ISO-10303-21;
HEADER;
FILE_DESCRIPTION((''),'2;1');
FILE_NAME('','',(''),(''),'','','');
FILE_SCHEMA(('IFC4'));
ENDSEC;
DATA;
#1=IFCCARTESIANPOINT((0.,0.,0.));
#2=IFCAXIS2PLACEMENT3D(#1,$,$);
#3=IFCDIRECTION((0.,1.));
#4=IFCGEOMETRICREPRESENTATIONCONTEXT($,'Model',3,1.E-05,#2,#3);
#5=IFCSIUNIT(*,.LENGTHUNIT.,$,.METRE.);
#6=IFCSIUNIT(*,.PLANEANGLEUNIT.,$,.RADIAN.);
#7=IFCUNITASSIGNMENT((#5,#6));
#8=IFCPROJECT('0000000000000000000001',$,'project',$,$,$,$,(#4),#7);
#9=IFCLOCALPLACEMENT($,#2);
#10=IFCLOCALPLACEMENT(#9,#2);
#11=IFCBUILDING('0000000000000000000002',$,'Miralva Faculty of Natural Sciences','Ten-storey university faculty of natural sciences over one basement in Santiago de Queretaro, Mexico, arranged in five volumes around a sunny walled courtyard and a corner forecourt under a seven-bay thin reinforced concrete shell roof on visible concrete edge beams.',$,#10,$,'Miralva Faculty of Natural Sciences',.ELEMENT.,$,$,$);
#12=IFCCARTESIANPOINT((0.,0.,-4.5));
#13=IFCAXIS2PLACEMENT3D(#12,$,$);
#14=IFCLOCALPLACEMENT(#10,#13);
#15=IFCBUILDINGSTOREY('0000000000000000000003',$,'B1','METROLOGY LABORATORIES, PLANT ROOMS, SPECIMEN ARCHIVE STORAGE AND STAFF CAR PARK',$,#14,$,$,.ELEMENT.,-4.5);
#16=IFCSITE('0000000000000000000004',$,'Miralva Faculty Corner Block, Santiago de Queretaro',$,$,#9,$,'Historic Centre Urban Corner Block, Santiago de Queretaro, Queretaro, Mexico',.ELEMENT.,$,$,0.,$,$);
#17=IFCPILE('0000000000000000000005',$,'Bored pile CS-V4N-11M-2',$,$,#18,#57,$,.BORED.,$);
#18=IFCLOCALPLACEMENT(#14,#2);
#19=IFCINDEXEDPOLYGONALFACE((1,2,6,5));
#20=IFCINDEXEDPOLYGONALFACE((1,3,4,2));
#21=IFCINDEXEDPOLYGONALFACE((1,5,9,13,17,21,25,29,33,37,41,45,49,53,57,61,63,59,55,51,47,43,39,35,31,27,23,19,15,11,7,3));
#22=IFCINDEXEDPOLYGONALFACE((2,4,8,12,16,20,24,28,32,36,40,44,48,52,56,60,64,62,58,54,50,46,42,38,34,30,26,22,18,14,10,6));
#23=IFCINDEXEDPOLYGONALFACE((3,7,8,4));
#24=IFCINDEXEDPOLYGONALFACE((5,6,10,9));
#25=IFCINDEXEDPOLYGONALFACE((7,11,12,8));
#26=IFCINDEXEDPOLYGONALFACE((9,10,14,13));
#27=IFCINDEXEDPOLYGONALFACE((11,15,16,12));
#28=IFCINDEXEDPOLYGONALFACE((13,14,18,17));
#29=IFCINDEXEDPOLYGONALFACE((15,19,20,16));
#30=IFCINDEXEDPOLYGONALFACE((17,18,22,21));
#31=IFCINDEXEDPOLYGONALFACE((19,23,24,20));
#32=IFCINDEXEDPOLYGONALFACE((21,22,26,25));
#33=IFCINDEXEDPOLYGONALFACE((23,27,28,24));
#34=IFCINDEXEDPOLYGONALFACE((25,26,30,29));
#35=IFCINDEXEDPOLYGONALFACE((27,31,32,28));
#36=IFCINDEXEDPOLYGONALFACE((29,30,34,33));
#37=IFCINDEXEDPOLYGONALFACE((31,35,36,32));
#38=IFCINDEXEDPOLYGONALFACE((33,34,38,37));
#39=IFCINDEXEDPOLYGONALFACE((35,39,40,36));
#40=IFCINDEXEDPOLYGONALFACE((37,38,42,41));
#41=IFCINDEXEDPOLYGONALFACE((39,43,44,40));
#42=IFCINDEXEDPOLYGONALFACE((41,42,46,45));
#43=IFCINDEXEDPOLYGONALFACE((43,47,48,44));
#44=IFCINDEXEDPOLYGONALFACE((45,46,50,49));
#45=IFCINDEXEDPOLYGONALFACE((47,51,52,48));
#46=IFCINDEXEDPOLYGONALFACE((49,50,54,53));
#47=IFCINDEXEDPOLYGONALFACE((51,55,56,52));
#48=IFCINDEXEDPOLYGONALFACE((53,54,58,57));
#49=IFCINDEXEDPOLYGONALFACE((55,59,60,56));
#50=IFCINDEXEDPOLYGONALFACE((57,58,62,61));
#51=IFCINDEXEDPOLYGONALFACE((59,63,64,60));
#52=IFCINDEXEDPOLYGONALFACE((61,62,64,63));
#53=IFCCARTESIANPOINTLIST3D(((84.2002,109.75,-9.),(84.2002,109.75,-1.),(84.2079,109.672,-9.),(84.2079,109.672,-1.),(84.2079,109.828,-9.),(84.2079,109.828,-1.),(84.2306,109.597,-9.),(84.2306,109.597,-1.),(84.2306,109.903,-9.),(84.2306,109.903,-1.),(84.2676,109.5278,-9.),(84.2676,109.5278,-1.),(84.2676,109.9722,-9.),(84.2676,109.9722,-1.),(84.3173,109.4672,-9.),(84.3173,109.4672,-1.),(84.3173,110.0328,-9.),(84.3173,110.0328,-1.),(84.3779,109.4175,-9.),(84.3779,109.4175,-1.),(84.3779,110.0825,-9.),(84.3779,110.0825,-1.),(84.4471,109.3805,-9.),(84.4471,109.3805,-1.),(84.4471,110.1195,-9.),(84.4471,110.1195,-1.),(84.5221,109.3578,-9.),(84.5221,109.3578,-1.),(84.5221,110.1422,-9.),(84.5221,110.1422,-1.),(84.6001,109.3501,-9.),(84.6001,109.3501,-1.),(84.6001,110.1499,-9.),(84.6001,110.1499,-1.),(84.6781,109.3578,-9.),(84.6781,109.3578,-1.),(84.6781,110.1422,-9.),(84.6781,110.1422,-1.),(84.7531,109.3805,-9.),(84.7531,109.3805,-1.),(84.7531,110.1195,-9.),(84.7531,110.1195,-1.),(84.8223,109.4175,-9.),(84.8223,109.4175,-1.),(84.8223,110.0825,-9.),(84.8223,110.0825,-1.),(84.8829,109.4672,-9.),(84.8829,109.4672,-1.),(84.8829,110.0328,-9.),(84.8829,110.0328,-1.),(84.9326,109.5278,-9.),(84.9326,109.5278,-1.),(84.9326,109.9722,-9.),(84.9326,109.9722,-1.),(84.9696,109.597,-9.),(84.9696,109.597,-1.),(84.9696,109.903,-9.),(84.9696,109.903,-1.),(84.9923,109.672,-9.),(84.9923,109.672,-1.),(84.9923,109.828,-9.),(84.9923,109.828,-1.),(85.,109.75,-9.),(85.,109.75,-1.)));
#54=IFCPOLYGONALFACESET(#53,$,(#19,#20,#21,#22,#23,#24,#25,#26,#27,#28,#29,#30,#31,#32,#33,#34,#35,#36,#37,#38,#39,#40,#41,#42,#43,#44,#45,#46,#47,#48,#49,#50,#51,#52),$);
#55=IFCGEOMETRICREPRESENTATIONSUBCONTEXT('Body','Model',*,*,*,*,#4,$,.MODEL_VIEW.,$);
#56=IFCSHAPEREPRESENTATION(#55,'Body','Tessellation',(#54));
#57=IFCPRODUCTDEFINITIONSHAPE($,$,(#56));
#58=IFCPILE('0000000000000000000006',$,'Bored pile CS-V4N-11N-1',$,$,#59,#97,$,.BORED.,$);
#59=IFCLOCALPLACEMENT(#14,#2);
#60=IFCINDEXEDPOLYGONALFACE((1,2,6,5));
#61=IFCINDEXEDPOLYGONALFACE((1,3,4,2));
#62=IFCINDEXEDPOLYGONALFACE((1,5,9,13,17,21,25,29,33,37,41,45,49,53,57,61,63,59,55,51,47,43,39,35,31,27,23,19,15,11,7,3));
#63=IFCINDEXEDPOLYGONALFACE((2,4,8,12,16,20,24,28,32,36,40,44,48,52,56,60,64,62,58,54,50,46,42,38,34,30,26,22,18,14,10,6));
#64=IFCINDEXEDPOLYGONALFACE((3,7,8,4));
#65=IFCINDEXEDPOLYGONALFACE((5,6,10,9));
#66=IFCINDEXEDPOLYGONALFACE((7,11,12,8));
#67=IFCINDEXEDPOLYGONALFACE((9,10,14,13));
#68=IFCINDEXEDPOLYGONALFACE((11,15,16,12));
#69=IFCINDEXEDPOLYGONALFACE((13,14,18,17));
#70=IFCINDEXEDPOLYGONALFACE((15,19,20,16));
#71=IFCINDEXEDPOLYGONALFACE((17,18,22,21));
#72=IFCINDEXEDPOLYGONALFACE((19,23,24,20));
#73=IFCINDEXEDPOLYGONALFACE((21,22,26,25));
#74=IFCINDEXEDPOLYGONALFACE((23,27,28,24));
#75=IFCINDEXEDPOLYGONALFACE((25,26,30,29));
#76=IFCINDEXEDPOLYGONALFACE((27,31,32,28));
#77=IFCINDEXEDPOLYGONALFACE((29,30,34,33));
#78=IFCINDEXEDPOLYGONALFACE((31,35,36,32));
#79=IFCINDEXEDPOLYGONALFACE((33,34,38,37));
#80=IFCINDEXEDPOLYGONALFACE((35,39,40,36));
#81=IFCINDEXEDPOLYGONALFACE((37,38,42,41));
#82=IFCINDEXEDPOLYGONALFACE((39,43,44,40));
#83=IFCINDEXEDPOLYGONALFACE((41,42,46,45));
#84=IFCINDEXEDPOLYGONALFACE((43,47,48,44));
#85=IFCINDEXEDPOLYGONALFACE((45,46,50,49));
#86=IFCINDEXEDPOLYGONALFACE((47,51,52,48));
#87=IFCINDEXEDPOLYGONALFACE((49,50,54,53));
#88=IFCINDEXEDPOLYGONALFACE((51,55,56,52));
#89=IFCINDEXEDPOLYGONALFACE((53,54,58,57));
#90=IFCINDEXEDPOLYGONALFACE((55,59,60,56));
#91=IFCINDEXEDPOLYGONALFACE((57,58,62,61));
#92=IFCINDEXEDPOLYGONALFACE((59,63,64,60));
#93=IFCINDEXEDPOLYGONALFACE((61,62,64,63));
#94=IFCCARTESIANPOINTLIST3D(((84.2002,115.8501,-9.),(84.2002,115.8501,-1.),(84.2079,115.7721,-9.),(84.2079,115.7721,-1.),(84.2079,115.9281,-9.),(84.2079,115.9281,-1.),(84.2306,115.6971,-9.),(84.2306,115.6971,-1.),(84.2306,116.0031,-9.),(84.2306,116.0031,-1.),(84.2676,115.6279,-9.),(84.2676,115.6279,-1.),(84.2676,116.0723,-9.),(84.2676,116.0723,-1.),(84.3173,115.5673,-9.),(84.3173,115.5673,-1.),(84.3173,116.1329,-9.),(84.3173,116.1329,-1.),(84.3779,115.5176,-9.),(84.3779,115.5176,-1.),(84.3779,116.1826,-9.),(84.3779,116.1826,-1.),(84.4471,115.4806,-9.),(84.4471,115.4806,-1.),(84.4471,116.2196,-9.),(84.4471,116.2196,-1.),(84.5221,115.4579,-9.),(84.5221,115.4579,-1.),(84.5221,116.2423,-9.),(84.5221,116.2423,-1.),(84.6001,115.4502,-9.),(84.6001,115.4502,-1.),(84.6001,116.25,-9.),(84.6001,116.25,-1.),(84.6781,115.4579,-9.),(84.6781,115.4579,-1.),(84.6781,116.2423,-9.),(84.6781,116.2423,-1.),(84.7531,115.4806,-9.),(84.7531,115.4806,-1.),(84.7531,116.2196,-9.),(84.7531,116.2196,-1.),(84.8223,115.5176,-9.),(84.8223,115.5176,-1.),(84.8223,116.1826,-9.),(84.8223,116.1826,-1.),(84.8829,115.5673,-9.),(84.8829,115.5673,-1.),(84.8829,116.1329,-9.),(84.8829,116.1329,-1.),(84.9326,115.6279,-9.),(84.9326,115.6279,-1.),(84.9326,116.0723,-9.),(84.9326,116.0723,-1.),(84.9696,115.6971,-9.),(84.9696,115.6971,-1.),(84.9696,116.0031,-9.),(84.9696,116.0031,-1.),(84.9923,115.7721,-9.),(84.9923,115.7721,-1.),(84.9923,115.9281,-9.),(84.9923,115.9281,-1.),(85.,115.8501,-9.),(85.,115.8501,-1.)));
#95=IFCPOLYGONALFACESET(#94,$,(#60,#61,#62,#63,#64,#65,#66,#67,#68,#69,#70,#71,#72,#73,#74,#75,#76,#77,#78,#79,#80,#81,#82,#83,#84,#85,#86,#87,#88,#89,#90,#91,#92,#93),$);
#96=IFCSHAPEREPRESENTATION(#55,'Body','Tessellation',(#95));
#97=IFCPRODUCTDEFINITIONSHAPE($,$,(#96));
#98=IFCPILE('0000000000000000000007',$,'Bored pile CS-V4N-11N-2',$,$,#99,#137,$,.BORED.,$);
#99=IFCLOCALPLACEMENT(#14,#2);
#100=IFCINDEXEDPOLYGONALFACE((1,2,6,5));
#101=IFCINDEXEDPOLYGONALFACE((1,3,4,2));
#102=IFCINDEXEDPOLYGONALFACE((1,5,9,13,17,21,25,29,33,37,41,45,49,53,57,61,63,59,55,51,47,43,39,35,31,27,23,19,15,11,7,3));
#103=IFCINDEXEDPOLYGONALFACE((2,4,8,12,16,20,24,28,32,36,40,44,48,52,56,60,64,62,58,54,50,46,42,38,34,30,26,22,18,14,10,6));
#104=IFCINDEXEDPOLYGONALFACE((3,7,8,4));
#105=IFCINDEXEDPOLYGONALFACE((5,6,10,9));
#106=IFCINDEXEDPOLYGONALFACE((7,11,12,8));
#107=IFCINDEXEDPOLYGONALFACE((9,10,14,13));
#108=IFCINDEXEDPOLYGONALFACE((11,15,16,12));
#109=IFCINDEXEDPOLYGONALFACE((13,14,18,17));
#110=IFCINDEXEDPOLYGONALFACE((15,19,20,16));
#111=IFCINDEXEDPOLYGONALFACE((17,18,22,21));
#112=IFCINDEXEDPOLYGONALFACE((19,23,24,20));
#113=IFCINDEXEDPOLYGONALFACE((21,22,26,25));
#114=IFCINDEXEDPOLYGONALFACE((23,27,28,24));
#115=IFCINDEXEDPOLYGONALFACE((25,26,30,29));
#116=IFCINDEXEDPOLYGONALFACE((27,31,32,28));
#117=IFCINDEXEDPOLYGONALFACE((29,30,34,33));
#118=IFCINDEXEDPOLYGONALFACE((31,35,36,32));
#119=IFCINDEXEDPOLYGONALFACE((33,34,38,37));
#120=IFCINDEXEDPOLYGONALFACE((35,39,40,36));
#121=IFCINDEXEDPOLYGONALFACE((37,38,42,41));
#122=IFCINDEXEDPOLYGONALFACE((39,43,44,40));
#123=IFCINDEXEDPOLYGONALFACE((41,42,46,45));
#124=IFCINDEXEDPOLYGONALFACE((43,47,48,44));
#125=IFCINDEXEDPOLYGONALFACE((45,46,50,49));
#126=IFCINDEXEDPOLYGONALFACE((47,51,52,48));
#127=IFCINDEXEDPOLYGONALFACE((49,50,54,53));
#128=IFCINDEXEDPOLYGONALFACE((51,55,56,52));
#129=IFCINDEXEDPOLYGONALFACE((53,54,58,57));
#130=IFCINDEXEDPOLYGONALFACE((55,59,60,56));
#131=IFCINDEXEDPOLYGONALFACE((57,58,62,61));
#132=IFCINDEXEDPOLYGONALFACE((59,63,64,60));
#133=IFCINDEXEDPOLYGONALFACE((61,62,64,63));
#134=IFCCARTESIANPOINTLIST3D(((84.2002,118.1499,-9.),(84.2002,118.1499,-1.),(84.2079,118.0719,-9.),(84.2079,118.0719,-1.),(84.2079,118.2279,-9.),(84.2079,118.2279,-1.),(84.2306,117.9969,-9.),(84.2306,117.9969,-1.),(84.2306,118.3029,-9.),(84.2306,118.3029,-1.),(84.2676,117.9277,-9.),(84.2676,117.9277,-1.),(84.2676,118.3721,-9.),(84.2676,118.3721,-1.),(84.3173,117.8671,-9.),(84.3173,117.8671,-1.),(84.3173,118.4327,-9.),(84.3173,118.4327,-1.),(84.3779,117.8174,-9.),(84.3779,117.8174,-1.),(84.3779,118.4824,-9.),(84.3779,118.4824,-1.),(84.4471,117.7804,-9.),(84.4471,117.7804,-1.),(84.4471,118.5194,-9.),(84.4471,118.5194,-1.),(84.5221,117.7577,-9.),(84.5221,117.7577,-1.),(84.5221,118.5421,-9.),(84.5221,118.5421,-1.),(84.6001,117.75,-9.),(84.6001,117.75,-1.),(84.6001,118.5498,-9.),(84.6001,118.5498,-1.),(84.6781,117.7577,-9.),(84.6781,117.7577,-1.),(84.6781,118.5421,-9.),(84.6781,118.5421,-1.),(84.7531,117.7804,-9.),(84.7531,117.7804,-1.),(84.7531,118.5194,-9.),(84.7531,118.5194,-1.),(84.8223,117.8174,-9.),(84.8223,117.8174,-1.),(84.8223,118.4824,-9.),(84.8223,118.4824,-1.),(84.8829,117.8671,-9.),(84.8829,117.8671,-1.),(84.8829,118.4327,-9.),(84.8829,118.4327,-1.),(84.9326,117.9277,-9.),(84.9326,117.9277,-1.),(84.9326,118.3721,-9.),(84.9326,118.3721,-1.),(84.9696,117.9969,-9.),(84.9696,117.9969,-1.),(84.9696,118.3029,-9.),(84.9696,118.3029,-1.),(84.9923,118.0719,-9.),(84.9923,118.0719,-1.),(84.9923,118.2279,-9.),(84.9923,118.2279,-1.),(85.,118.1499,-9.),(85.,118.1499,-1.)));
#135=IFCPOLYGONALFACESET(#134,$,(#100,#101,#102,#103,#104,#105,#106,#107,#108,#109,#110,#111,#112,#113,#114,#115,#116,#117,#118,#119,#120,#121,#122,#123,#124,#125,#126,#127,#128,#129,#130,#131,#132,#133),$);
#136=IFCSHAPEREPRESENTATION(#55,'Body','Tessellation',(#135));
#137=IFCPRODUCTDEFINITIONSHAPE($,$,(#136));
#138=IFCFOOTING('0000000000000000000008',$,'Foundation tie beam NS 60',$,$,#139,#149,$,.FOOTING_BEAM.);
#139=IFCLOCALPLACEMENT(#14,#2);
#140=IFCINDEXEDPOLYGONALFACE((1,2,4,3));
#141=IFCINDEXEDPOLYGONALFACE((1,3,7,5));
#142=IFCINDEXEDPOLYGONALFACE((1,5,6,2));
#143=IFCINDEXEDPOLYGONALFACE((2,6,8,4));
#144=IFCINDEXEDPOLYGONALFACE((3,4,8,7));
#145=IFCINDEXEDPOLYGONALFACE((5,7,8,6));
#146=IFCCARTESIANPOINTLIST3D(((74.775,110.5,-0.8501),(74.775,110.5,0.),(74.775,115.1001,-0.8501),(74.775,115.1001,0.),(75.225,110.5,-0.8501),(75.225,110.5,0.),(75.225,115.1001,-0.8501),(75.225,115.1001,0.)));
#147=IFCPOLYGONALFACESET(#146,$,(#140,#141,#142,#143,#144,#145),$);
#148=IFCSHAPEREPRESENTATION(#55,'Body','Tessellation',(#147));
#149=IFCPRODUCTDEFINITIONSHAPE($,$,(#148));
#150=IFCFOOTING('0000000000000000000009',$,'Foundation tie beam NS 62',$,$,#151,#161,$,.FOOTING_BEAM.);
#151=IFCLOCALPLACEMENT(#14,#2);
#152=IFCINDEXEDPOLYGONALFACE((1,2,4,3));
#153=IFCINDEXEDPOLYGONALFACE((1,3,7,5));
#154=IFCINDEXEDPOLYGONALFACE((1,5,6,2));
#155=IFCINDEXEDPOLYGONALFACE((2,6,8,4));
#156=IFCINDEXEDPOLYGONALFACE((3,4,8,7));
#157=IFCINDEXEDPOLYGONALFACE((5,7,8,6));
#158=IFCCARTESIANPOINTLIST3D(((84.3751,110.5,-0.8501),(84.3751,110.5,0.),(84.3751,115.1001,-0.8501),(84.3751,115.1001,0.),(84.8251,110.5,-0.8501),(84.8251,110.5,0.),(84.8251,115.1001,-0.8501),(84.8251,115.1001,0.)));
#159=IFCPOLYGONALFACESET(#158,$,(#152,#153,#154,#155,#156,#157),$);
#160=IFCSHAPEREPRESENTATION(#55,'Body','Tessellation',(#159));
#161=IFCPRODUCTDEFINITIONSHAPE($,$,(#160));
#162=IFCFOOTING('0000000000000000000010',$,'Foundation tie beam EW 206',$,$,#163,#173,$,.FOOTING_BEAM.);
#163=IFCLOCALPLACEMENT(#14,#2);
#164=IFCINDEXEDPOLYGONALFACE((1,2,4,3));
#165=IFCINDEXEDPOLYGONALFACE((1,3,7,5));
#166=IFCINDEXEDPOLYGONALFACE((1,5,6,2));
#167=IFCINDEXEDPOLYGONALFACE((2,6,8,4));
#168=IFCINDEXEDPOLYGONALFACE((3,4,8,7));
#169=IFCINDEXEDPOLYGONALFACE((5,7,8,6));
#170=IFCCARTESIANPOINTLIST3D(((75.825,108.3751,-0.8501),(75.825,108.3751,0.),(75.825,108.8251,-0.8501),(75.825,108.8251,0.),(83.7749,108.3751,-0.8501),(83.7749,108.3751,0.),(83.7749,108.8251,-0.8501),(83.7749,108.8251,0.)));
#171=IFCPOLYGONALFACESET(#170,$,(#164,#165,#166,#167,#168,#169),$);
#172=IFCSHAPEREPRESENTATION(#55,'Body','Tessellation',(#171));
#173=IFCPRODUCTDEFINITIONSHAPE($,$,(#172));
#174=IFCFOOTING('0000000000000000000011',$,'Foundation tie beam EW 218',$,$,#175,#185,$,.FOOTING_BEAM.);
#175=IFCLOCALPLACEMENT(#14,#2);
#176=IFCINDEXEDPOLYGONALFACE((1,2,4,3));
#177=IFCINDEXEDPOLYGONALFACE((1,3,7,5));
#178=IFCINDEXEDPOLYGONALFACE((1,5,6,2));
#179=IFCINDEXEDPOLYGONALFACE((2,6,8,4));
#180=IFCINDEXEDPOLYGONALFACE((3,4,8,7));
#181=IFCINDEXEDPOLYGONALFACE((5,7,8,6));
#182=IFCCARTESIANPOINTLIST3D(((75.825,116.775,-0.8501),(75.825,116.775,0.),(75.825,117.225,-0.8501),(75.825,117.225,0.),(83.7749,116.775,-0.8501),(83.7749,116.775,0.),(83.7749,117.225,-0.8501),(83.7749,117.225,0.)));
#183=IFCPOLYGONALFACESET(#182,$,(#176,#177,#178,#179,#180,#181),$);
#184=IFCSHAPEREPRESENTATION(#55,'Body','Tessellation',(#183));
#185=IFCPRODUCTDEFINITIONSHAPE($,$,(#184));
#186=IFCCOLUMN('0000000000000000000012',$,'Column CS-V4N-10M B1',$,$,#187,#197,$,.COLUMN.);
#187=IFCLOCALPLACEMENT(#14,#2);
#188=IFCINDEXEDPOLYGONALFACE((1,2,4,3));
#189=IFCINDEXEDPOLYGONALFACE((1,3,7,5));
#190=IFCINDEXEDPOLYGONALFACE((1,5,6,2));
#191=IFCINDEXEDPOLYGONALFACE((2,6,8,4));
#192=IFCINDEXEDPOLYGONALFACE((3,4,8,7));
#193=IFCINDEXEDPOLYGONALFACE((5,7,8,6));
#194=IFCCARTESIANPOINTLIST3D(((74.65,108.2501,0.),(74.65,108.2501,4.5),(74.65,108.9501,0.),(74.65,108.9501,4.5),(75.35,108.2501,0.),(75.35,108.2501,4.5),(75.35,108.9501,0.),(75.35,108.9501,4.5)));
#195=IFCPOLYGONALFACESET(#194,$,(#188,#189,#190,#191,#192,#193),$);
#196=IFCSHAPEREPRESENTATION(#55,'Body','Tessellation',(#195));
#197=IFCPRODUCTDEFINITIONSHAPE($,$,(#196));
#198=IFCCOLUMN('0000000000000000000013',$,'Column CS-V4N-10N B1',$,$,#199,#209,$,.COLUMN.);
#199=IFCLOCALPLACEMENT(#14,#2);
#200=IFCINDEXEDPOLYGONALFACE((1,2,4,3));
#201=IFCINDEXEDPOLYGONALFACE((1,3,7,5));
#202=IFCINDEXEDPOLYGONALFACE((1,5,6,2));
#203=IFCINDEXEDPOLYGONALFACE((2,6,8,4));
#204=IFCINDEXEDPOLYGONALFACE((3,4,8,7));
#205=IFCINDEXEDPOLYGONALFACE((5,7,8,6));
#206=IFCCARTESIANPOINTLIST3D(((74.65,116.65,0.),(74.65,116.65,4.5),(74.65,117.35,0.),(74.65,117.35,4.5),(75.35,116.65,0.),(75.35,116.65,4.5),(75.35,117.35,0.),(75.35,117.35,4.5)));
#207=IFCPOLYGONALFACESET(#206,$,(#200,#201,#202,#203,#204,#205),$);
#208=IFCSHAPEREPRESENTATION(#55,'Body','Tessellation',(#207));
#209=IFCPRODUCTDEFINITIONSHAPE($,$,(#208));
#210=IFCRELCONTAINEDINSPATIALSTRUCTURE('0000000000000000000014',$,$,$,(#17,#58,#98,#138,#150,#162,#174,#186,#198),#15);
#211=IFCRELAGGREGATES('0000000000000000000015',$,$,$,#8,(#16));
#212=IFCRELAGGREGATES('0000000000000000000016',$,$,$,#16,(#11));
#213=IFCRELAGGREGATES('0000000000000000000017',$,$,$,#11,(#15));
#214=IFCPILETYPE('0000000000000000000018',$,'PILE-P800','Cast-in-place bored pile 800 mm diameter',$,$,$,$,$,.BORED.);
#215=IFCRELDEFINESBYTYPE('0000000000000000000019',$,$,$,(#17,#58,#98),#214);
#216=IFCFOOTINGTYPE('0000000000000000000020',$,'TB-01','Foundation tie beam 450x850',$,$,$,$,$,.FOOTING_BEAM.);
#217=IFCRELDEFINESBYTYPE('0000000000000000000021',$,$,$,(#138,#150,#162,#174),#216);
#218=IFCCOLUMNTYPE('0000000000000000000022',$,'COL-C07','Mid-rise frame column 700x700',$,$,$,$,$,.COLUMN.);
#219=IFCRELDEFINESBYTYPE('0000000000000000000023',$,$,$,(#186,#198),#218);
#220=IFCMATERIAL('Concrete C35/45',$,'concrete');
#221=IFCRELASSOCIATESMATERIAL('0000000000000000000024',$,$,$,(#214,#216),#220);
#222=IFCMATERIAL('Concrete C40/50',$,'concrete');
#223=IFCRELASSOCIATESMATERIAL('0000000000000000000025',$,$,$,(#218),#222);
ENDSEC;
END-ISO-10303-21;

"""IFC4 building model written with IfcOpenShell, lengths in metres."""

from ifc_helpers import new_model, si_unit, direction, frame, origin, origin_2d, place, context, subcontext, project, spatial, rectangle, circle, extrude, material, material_profile, profile_set, type_object, element, save


model = new_model("IFC4")

# Units and contexts
model_context = context("Model", 3, precision=1e-05, world=origin(), true_north=direction((0.0, 1.0)))
body_context = subcontext(model_context, "Body", "Model", "MODEL_VIEW")
ifc_project = project(units=[si_unit("LENGTHUNIT", "METRE"), si_unit("PLANEANGLEUNIT", "RADIAN")], contexts=[model_context])

# Site, building, storey
site_placement = place(None, origin())
site = spatial("IfcSite", under=ifc_project, at=site_placement, Name="Miralva Faculty Corner Block, Santiago de Queretaro", LongName="Historic Centre Urban Corner Block, Santiago de Queretaro, Queretaro, Mexico", CompositionType="ELEMENT", RefElevation=0.0)
building_placement = place(site_placement, origin())
building = spatial("IfcBuilding", under=site, at=building_placement, Name="Miralva Faculty of Natural Sciences", Description="Ten-storey university faculty of natural sciences over one basement in Santiago de Queretaro, Mexico, arranged in five volumes around a sunny walled courtyard and a corner forecourt under a seven-bay thin reinforced concrete shell roof on visible concrete edge beams.", LongName="Miralva Faculty of Natural Sciences", CompositionType="ELEMENT")
storey_placement = place(building_placement, frame((0.0, 0.0, -4.5)))
storey = spatial("IfcBuildingStorey", under=building, at=storey_placement, Name="B1", Description="METROLOGY LABORATORIES, PLANT ROOMS, SPECIMEN ARCHIVE STORAGE AND STAFF CAR PARK", CompositionType="ELEMENT", Elevation=-4.5)

# Shared definitions
ifc_material_1 = material(Name="Concrete C35/45", Category="concrete")

# Piles
ifc_material_profile_1 = material_profile(ifc_material_1, circle(Radius=0.3999, at=origin_2d()), Name="BORED PILE 800")
ifc_profile_set_1 = profile_set([ifc_material_profile_1], Name="Concrete C35/45")
pile_type = type_object("IfcPileType", Name="PILE-P800", Description="Cast-in-place bored pile 800 mm diameter", PredefinedType="BORED", material=ifc_profile_set_1)
for number, where, z_axis, x_axis, name in (
    (1, (84.6001, 109.75, -1.0), (0.0, 0.0, -1.0), (1.0, 0.0, 0.0), "Bored pile CS-V4N-11M-2"),
    (2, (84.6001, 115.8501, -1.0), (0.0, 0.0, -1.0), (1.0, 0.0, 0.0), "Bored pile CS-V4N-11N-1"),
    (3, (84.6001, 118.1499, -1.0), (0.0, 0.0, -1.0), (1.0, 0.0, 0.0), "Bored pile CS-V4N-11N-2"),
):
    element("IfcPile", number, at=place(storey_placement, frame(where, z_axis=z_axis, x_axis=x_axis)), inside=storey, type_object=pile_type, Name=name, PredefinedType="BORED", context=body_context, shape_type="SweptSolid", body=[
        extrude(circle(Radius=0.3999, at=origin_2d()), origin(), (0.0, 0.0, 1.0), 8.0),
    ])

# Footings
ifc_material_profile_2 = material_profile(ifc_material_1, rectangle(XDim=0.45, YDim=0.8501, at=origin_2d()), Name="RC 450x850")
ifc_profile_set_2 = profile_set([ifc_material_profile_2], Name="Concrete C35/45")
footing_type_1 = type_object("IfcFootingType", Name="TB-01", Description="Foundation tie beam 450x850", PredefinedType="FOOTING_BEAM", material=ifc_profile_set_2)
for number, where, z_axis, x_axis, name in (
    (4, (75.0, 110.5, -0.425), (0.0, 1.0, 0.0), (-1.0, 0.0, 0.0), "Foundation tie beam NS 60"),
    (5, (84.6001, 110.5, -0.425), (0.0, 1.0, 0.0), (-1.0, 0.0, 0.0), "Foundation tie beam NS 62"),
):
    element("IfcFooting", number, at=place(storey_placement, frame(where, z_axis=z_axis, x_axis=x_axis)), inside=storey, type_object=footing_type_1, Name=name, PredefinedType="FOOTING_BEAM", context=body_context, shape_type="SweptSolid", body=[
        extrude(rectangle(XDim=0.45, YDim=0.8501, at=origin_2d()), origin(), (0.0, 0.0, 1.0), 4.6001),
    ])
for number, where, z_axis, x_axis, name in (
    (6, (75.825, 108.6001, -0.425), (1.0, 0.0, 0.0), (0.0, 1.0, 0.0), "Foundation tie beam EW 206"),
    (7, (75.825, 117.0, -0.425), (1.0, 0.0, 0.0), (0.0, 1.0, 0.0), "Foundation tie beam EW 218"),
):
    element("IfcFooting", number, at=place(storey_placement, frame(where, z_axis=z_axis, x_axis=x_axis)), inside=storey, type_object=footing_type_1, Name=name, PredefinedType="FOOTING_BEAM", context=body_context, shape_type="SweptSolid", body=[
        extrude(rectangle(XDim=0.45, YDim=0.8501, at=origin_2d()), origin(), (0.0, 0.0, 1.0), 7.95),
    ])

# Columns
ifc_material_2 = material(Name="Concrete C40/50", Category="concrete")
ifc_material_profile_3 = material_profile(ifc_material_2, rectangle(XDim=0.7, YDim=0.7, at=origin_2d()), Name="RC 700x700")
ifc_profile_set_3 = profile_set([ifc_material_profile_3], Name="Concrete C40/50")
column_type = type_object("IfcColumnType", Name="COL-C07", Description="Mid-rise frame column 700x700", PredefinedType="COLUMN", material=ifc_profile_set_3)
for number, where, z_axis, x_axis, name in (
    (8, (75.0, 108.6001, 0.0), (0.0, 0.0, 1.0), (1.0, 0.0, 0.0), "Column CS-V4N-10M B1"),
    (9, (75.0, 117.0, 0.0), (0.0, 0.0, 1.0), (1.0, 0.0, 0.0), "Column CS-V4N-10N B1"),
):
    element("IfcColumn", number, at=place(storey_placement, frame(where, z_axis=z_axis, x_axis=x_axis)), inside=storey, type_object=column_type, Name=name, PredefinedType="COLUMN", context=body_context, shape_type="SweptSolid", body=[
        extrude(rectangle(XDim=0.7, YDim=0.7, at=origin_2d()), origin(), (0.0, 0.0, 1.0), 4.5),
    ])

save(model, "model.ifc")
